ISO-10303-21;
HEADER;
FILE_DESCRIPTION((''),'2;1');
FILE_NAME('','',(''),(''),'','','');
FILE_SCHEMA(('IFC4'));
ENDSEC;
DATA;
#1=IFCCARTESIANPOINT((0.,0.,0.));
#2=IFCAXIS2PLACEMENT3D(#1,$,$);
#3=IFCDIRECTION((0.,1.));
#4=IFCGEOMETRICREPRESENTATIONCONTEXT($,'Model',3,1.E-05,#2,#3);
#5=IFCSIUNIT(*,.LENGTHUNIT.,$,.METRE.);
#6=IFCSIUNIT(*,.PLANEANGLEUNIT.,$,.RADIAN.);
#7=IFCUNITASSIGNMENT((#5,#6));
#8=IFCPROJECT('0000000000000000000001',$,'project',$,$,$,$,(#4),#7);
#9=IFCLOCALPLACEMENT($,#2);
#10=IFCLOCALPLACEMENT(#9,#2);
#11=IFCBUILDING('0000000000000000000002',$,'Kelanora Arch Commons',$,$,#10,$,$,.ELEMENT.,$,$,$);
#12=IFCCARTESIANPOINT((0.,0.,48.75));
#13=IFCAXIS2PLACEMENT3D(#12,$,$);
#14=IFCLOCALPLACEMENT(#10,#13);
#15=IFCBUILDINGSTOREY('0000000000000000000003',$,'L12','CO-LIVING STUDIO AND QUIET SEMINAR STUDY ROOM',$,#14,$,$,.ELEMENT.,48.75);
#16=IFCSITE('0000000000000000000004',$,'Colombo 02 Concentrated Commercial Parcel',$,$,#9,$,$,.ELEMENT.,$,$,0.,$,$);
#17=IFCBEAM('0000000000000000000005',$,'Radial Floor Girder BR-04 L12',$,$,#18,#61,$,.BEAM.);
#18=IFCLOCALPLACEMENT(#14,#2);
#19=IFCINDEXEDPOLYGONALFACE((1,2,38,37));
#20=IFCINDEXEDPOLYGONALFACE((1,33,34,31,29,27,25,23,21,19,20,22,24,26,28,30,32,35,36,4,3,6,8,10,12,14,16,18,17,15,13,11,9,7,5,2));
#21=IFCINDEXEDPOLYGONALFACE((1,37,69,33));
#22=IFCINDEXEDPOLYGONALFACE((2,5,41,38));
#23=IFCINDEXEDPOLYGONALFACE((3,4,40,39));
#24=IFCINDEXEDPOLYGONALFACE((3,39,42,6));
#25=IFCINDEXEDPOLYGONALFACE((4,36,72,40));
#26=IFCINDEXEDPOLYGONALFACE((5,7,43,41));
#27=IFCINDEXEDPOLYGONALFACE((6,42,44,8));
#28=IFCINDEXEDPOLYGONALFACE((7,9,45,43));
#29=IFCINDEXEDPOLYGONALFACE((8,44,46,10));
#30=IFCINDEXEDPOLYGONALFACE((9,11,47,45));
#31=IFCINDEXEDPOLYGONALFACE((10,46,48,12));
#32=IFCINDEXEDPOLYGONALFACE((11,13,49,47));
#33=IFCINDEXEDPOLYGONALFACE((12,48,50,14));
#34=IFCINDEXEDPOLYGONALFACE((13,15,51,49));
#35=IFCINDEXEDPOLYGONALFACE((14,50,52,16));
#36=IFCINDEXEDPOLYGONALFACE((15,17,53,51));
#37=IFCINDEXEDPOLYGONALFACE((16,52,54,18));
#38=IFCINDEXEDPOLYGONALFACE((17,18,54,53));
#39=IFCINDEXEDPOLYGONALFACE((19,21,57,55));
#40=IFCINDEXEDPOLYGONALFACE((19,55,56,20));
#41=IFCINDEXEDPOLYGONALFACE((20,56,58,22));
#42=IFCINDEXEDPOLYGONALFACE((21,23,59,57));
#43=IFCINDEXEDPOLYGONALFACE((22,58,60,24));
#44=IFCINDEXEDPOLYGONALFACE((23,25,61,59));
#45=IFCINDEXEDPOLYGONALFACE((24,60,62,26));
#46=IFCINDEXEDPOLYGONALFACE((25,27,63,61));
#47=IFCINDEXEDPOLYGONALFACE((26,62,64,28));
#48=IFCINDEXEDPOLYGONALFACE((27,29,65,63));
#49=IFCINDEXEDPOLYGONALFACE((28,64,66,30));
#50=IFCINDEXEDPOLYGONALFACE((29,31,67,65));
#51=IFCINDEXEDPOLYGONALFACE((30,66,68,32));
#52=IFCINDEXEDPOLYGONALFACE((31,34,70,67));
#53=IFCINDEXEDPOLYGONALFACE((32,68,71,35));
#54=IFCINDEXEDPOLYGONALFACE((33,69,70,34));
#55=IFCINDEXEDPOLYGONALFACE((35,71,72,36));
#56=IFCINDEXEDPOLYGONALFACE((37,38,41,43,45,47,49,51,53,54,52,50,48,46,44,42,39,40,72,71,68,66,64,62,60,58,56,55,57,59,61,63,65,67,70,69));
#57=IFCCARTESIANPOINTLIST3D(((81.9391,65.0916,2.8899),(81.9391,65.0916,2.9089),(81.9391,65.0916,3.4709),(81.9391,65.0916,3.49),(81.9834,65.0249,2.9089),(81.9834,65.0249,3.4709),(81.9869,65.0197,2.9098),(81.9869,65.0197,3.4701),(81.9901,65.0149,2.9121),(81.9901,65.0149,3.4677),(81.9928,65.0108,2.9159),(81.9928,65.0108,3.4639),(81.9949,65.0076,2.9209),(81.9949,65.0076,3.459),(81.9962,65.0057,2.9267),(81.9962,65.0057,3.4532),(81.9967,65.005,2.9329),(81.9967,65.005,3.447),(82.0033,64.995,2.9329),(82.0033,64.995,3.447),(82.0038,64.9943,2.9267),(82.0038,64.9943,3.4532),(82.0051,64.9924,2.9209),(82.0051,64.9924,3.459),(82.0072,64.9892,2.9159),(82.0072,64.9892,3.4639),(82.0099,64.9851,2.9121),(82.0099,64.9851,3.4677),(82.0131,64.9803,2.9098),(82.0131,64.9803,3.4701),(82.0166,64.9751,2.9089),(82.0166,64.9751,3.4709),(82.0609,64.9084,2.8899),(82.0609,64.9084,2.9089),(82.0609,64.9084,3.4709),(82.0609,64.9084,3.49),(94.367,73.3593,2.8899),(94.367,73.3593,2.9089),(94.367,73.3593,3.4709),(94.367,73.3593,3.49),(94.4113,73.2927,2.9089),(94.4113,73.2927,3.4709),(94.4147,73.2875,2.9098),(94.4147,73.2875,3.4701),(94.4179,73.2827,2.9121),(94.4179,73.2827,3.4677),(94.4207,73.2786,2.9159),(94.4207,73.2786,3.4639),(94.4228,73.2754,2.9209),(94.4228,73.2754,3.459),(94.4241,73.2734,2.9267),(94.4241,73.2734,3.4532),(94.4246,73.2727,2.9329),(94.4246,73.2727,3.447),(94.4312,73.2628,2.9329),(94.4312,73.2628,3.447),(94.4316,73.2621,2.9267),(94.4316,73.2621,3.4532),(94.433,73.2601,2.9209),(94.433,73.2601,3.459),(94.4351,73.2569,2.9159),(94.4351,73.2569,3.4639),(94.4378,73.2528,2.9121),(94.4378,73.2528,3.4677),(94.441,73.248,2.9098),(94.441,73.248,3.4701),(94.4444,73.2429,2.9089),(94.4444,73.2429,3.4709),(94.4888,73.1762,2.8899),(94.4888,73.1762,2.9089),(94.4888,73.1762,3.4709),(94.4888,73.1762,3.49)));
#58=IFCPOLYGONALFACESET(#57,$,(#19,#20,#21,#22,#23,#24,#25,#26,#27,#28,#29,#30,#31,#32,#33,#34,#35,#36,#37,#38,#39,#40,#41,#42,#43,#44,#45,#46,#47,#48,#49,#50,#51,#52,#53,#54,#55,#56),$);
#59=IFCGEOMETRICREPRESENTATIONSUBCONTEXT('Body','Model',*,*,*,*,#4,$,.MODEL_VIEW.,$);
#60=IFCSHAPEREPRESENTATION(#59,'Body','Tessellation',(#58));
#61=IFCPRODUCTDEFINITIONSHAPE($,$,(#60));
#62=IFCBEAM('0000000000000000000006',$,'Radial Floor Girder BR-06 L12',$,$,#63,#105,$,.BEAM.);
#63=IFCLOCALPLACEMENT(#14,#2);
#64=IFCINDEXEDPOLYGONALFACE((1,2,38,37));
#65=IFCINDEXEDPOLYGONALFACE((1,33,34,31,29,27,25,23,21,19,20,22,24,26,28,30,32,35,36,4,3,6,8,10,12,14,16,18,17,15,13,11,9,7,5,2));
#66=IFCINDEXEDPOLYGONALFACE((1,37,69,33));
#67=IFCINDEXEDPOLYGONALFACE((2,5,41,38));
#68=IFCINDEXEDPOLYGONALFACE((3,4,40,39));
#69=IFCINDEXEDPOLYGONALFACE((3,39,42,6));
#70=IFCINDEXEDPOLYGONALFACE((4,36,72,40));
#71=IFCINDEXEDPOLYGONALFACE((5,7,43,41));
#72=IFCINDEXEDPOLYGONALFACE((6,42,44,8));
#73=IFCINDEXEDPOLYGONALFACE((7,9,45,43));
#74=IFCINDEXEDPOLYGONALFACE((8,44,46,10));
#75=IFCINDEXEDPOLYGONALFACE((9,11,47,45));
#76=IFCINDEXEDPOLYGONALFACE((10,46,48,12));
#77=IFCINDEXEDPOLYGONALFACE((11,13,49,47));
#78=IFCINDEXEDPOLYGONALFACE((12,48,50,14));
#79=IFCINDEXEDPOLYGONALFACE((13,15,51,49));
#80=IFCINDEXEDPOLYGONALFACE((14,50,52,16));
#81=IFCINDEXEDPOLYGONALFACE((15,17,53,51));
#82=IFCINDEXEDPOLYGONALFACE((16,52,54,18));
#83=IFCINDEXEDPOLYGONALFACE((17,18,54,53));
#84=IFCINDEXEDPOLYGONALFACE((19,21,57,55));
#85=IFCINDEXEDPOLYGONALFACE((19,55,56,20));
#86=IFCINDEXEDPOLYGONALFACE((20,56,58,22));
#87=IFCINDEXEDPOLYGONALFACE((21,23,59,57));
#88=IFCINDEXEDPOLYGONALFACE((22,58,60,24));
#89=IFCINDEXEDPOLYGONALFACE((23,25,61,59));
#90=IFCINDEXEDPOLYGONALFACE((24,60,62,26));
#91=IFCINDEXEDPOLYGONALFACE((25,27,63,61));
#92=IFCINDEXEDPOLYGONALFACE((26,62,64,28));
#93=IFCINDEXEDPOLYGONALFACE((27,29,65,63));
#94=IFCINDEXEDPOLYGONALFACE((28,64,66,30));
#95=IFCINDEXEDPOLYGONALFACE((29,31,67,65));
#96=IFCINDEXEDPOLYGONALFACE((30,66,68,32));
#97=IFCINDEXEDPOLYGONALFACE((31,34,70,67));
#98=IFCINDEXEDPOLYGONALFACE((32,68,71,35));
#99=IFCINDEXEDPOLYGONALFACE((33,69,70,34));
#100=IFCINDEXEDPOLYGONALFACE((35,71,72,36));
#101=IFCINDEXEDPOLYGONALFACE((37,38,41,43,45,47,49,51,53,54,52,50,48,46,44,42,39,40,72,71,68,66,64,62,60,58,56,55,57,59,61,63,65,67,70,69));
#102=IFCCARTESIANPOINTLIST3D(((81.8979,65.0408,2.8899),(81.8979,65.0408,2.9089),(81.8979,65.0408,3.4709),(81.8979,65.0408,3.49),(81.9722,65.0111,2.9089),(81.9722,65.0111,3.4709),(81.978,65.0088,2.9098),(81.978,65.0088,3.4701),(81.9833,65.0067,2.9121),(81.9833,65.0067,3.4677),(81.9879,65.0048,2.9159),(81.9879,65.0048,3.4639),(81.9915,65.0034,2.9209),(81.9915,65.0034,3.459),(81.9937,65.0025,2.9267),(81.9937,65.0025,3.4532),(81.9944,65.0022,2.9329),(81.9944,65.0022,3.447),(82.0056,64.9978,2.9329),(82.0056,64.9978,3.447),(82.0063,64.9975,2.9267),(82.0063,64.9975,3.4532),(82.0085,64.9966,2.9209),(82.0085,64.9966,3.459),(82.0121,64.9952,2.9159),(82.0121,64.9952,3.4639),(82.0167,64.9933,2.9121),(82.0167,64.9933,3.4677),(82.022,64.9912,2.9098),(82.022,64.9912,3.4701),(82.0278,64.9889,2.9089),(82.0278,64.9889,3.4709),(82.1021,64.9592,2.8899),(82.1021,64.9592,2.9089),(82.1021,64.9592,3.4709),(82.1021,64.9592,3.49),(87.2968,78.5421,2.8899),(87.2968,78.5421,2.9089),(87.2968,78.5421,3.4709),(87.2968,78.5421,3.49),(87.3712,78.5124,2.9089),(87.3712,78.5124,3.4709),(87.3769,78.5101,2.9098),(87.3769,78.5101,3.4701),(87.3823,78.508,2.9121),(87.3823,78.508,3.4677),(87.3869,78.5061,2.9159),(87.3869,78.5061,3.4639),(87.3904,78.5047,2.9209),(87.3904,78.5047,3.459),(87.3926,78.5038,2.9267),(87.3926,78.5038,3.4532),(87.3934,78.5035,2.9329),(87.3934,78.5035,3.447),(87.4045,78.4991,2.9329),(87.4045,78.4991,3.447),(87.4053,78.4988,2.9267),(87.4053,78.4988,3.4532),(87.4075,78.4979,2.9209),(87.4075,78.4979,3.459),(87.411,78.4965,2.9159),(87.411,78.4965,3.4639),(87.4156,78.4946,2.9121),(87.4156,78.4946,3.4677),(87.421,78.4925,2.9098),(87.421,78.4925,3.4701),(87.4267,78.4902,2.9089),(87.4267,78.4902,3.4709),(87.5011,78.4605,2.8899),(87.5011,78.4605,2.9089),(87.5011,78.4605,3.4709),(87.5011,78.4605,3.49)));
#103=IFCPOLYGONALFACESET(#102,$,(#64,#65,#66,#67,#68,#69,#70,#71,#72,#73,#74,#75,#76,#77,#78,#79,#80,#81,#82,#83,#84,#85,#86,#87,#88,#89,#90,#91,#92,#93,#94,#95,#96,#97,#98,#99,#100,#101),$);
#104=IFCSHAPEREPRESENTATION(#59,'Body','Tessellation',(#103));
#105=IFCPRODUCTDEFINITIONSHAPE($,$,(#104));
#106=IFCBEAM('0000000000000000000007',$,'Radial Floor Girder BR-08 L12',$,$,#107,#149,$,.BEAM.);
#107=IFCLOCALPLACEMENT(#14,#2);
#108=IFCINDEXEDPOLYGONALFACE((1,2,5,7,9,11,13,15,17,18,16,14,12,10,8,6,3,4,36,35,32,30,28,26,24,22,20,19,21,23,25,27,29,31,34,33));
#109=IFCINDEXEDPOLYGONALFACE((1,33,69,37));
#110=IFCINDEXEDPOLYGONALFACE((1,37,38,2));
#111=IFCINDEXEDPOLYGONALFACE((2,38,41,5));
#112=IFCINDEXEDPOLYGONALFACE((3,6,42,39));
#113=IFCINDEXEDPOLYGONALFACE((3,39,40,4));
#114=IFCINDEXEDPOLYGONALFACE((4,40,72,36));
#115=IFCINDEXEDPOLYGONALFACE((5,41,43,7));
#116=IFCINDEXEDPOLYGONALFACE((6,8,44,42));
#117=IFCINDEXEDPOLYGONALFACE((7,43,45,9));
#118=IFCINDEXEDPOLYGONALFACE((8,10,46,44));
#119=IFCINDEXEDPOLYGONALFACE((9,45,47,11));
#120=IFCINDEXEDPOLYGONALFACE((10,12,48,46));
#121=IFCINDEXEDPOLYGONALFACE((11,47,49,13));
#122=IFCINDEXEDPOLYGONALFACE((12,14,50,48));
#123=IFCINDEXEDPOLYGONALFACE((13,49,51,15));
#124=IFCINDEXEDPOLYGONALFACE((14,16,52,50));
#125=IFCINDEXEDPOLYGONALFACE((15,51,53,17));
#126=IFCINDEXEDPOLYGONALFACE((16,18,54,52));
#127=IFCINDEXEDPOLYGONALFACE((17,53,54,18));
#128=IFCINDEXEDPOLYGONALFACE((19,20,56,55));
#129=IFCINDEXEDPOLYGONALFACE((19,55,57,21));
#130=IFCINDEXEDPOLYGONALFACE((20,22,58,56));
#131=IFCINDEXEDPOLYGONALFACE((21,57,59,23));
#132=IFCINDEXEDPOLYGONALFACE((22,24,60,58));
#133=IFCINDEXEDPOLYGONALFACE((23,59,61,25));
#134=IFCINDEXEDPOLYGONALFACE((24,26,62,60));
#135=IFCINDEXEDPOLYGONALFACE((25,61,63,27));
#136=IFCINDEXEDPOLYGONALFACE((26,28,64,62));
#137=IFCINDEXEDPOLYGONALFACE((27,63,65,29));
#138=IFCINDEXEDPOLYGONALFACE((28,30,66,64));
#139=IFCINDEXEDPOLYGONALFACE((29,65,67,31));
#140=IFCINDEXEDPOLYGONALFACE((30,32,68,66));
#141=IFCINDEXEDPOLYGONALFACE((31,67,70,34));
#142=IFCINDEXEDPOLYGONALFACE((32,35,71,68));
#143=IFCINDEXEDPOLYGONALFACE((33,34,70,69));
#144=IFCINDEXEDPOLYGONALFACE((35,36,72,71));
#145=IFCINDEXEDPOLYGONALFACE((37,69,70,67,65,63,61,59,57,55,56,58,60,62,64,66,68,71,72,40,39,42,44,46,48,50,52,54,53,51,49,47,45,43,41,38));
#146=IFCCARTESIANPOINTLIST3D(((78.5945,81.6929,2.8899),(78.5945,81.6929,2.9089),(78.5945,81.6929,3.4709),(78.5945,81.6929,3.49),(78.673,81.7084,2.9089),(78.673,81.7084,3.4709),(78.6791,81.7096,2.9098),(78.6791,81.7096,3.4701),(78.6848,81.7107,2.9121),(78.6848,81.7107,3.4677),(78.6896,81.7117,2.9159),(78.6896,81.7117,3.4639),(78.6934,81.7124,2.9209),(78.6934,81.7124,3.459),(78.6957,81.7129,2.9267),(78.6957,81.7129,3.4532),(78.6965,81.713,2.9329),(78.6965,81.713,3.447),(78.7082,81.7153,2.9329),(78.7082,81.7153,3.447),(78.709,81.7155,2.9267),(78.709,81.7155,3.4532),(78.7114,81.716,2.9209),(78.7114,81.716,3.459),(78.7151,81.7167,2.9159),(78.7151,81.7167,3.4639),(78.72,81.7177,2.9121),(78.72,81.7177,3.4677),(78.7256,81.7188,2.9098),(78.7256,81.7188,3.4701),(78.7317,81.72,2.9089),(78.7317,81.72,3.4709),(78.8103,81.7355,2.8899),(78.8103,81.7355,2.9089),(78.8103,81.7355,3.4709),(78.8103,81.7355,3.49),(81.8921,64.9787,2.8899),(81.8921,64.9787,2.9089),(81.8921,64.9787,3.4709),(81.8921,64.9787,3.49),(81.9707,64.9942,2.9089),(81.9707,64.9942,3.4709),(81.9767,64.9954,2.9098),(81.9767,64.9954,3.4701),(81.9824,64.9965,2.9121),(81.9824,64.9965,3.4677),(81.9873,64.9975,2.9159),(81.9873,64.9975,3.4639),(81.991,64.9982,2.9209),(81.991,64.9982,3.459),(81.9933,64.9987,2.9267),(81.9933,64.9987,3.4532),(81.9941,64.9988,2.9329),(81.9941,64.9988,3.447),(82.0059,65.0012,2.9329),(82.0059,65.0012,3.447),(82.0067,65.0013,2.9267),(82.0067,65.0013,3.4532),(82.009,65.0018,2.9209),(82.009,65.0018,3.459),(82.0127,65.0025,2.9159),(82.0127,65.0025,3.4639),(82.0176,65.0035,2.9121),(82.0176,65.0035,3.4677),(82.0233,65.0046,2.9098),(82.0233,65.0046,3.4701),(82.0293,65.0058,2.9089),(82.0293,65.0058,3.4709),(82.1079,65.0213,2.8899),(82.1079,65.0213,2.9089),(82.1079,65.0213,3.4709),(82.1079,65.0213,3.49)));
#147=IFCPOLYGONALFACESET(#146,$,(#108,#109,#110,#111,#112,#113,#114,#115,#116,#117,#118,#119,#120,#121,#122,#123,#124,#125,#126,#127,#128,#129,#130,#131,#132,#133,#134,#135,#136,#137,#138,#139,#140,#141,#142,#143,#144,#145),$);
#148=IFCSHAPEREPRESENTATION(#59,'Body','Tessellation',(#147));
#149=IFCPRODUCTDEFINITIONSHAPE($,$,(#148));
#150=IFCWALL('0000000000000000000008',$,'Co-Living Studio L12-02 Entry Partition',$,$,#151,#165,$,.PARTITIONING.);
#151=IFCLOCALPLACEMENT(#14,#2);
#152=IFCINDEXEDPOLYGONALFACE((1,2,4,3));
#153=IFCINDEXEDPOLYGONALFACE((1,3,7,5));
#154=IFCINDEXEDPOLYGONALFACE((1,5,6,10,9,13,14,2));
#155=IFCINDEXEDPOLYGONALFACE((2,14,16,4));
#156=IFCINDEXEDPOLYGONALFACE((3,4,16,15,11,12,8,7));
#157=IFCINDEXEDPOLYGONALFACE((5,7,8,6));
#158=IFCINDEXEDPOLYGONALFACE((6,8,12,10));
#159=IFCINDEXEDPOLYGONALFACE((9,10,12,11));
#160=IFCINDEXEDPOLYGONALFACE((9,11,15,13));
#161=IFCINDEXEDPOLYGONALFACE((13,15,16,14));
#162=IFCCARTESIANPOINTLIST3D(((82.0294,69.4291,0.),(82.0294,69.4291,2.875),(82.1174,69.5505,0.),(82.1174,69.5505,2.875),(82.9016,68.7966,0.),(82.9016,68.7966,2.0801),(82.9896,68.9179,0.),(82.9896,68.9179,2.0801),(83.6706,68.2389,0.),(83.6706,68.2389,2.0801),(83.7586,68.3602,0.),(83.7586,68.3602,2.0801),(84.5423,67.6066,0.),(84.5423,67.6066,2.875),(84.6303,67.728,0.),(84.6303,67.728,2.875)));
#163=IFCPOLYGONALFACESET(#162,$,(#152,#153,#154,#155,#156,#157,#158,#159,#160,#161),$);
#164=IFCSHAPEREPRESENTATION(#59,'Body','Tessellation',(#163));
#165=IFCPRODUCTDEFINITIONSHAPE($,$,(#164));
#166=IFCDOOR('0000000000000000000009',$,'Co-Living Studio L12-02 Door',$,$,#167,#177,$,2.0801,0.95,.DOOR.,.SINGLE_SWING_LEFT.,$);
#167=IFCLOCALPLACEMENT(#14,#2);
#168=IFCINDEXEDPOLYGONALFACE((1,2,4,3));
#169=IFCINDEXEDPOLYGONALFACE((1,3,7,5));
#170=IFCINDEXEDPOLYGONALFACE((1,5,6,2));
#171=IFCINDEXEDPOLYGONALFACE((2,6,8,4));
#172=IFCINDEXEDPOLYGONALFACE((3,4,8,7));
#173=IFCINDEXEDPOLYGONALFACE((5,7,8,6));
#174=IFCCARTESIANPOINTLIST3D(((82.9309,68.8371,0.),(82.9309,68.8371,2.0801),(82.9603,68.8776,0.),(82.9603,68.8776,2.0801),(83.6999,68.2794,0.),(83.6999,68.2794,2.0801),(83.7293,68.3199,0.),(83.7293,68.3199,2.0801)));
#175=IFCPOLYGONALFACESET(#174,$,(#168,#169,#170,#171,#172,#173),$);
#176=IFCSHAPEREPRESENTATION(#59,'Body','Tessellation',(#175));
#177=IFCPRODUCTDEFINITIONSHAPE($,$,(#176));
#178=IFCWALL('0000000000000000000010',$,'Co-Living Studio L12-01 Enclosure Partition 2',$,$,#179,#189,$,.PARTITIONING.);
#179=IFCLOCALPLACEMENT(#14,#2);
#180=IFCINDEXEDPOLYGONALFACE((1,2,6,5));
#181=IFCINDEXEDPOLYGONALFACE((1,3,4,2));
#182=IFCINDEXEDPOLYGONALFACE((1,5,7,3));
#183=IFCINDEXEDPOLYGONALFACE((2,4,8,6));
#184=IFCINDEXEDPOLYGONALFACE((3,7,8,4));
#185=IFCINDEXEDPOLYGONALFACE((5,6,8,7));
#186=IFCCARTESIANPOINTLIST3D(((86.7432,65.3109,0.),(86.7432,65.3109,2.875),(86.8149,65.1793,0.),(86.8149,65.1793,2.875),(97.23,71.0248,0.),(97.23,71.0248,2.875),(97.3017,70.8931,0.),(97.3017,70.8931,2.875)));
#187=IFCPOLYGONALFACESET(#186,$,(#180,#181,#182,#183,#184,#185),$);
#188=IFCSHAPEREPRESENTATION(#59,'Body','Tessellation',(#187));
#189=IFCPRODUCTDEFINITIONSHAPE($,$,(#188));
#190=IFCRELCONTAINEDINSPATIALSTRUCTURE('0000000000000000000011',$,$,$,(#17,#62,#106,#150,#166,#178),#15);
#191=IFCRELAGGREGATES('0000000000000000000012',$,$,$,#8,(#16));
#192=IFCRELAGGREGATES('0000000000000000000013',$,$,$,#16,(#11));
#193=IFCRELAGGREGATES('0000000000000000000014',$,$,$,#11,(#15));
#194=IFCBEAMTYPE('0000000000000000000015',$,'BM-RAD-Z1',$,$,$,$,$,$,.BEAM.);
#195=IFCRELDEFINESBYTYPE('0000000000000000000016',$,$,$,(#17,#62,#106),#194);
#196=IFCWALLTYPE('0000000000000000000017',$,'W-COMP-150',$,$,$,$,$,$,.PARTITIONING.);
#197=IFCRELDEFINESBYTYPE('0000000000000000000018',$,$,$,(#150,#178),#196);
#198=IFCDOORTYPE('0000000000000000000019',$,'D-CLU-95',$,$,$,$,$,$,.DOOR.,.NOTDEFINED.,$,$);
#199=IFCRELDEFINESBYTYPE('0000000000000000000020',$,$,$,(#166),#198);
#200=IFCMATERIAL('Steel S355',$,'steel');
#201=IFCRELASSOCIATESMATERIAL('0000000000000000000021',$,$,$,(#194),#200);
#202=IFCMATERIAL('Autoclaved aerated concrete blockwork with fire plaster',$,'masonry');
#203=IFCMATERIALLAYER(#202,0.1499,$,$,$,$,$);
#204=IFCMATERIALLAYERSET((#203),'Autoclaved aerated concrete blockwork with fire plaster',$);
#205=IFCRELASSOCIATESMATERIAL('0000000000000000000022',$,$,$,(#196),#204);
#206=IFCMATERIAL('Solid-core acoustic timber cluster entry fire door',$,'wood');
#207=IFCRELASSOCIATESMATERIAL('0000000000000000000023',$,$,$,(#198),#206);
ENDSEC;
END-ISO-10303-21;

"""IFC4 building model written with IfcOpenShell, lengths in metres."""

from ifc_helpers import new_model, si_unit, direction, frame, frame_2d, origin, origin_2d, place, context, subcontext, project, spatial, rectangle, i_section, extrude, material, layer, layer_set, material_profile, profile_set, type_object, element, fill, save


model = new_model("IFC4")

# Units and contexts
model_context = context("Model", 3, precision=1e-05, world=origin(), true_north=direction((0.0, 1.0)))
body_context = subcontext(model_context, "Body", "Model", "MODEL_VIEW")
ifc_project = project(units=[si_unit("LENGTHUNIT", "METRE"), si_unit("PLANEANGLEUNIT", "RADIAN")], contexts=[model_context])

# Site, building, storey
site_placement = place(None, origin())
site = spatial("IfcSite", under=ifc_project, at=site_placement, Name="Colombo 02 Concentrated Commercial Parcel", CompositionType="ELEMENT", RefElevation=0.0)
building_placement = place(site_placement, origin())
building = spatial("IfcBuilding", under=site, at=building_placement, Name="Kelanora Arch Commons", CompositionType="ELEMENT")
storey_placement = place(building_placement, frame((0.0, 0.0, 48.75)))
storey = spatial("IfcBuildingStorey", under=building, at=storey_placement, Name="L12", Description="CO-LIVING STUDIO AND QUIET SEMINAR STUDY ROOM", CompositionType="ELEMENT", Elevation=48.75)

# Beams
ifc_material_1 = material(Name="Steel S355", Category="steel")
ifc_material_profile_1 = material_profile(ifc_material_1, i_section(OverallWidth=0.22, OverallDepth=0.6001, WebThickness=0.012, FlangeThickness=0.019, FilletRadius=0.0239, at=origin_2d()), Name="IPE600")
ifc_profile_set_1 = profile_set([ifc_material_profile_1], Name="Steel S355")
beam_type_1 = type_object("IfcBeamType", Name="BM-RAD-Z1", PredefinedType="BEAM", material=ifc_profile_set_1)
beam_1_placement = place(storey_placement, frame((82.0, 65.0, 3.1899), z_axis=(0.832591, 0.553888, 0.0), x_axis=(-0.553888, 0.832591, 0.0)))
element("IfcBeam", 1, at=beam_1_placement, inside=storey, type_object=beam_type_1, Name="Radial Floor Girder BR-04 L12", PredefinedType="BEAM", context=body_context, shape_type="SweptSolid", body=[
    extrude(i_section(OverallWidth=0.22, OverallDepth=0.6001, WebThickness=0.012, FlangeThickness=0.019, FilletRadius=0.0239, at=origin_2d()), origin(), (0.0, 0.0, 1.0), 14.9268),
])
beam_2_placement = place(storey_placement, frame((82.0, 65.0, 3.1899), z_axis=(0.371298, 0.928514, 0.0), x_axis=(-0.928514, 0.371298, 0.0)))
element("IfcBeam", 2, at=beam_2_placement, inside=storey, type_object=beam_type_1, Name="Radial Floor Girder BR-06 L12", PredefinedType="BEAM", context=body_context, shape_type="SweptSolid", body=[
    extrude(i_section(OverallWidth=0.22, OverallDepth=0.6001, WebThickness=0.012, FlangeThickness=0.019, FilletRadius=0.0239, at=origin_2d()), origin(), (0.0, 0.0, 1.0), 14.5408),
])
beam_3_placement = place(storey_placement, frame((82.0, 65.0, 3.1899), z_axis=(-0.193564, 0.981088, 0.0), x_axis=(-0.981088, -0.193564, 0.0)))
element("IfcBeam", 3, at=beam_3_placement, inside=storey, type_object=beam_type_1, Name="Radial Floor Girder BR-08 L12", PredefinedType="BEAM", context=body_context, shape_type="SweptSolid", body=[
    extrude(i_section(OverallWidth=0.22, OverallDepth=0.6001, WebThickness=0.012, FlangeThickness=0.019, FilletRadius=0.0239, at=origin_2d()), origin(), (0.0, 0.0, 1.0), 17.0364),
])

# Wall, opening, door
ifc_material_2 = material(Name="Autoclaved aerated concrete blockwork with fire plaster", Category="masonry")
ifc_layer_1 = layer(ifc_material_2, 0.1499)
ifc_layer_set_1 = layer_set([ifc_layer_1], Name="Autoclaved aerated concrete blockwork with fire plaster")
wall_type_1 = type_object("IfcWallType", Name="W-COMP-150", PredefinedType="PARTITIONING", material=ifc_layer_set_1)
wall_1_placement = place(storey_placement, frame((84.5864, 67.6672, 0.0), z_axis=(0.0, 0.0, 1.0), x_axis=(-0.809514, 0.5871, 0.0)))
wall_1 = element("IfcWall", 4, at=wall_1_placement, inside=storey, type_object=wall_type_1, Name="Co-Living Studio L12-02 Entry Partition", PredefinedType="PARTITIONING", context=body_context, shape_type="SweptSolid", body=[
    extrude(rectangle(XDim=3.1042, YDim=0.1499, at=frame_2d((1.5522, 0.0))), origin(), (0.0, 0.0, 1.0), 2.875),
])
opening_1_placement = place(wall_1_placement, frame((1.0769, 0.0, 0.0)))
opening_1 = element("IfcOpeningElement", 5, at=opening_1_placement, cuts=wall_1, PredefinedType="OPENING", context=body_context, shape_type="SweptSolid", body=[
    extrude(rectangle(XDim=0.95, YDim=2.0801, at=frame_2d((0.4751, 1.04))), frame((0.0, 0.085, 0.0), z_axis=(0.0, -1.0, 0.0), x_axis=(1.0, 0.0, 0.0)), (0.0, 0.0, 1.0), 0.1699),
])
ifc_material_3 = material(Name="Solid-core acoustic timber cluster entry fire door", Category="wood")
door_type_1 = type_object("IfcDoorType", Name="D-CLU-95", OperationType="NOTDEFINED", PredefinedType="DOOR", material=ifc_material_3)
door_1_placement = place(opening_1_placement, origin())
door_1 = element("IfcDoor", 6, at=door_1_placement, inside=storey, type_object=door_type_1, Name="Co-Living Studio L12-02 Door", OperationType="SINGLE_SWING_LEFT", OverallHeight=2.0801, OverallWidth=0.95, PredefinedType="DOOR", context=body_context, shape_type="SweptSolid", body=[
    extrude(rectangle(XDim=0.95, YDim=2.0801, at=frame_2d((0.4751, 1.04))), frame((0.0, 0.0249, 0.0), z_axis=(0.0, -1.0, 0.0), x_axis=(1.0, 0.0, 0.0)), (0.0, 0.0, 1.0), 0.05),
])
fill(opening_1, door_1)

# Wall
wall_2_placement = place(storey_placement, frame((86.7791, 65.2451, 0.0), z_axis=(0.0, 0.0, 1.0), x_axis=(0.878114, 0.478451, 0.0)))
element("IfcWall", 7, at=wall_2_placement, inside=storey, type_object=wall_type_1, Name="Co-Living Studio L12-01 Enclosure Partition 2", PredefinedType="PARTITIONING", context=body_context, shape_type="SweptSolid", body=[
    extrude(rectangle(XDim=11.9424, YDim=0.1499, at=frame_2d((5.9712, 0.0))), origin(), (0.0, 0.0, 1.0), 2.875),
])

save(model, "model.ifc")
